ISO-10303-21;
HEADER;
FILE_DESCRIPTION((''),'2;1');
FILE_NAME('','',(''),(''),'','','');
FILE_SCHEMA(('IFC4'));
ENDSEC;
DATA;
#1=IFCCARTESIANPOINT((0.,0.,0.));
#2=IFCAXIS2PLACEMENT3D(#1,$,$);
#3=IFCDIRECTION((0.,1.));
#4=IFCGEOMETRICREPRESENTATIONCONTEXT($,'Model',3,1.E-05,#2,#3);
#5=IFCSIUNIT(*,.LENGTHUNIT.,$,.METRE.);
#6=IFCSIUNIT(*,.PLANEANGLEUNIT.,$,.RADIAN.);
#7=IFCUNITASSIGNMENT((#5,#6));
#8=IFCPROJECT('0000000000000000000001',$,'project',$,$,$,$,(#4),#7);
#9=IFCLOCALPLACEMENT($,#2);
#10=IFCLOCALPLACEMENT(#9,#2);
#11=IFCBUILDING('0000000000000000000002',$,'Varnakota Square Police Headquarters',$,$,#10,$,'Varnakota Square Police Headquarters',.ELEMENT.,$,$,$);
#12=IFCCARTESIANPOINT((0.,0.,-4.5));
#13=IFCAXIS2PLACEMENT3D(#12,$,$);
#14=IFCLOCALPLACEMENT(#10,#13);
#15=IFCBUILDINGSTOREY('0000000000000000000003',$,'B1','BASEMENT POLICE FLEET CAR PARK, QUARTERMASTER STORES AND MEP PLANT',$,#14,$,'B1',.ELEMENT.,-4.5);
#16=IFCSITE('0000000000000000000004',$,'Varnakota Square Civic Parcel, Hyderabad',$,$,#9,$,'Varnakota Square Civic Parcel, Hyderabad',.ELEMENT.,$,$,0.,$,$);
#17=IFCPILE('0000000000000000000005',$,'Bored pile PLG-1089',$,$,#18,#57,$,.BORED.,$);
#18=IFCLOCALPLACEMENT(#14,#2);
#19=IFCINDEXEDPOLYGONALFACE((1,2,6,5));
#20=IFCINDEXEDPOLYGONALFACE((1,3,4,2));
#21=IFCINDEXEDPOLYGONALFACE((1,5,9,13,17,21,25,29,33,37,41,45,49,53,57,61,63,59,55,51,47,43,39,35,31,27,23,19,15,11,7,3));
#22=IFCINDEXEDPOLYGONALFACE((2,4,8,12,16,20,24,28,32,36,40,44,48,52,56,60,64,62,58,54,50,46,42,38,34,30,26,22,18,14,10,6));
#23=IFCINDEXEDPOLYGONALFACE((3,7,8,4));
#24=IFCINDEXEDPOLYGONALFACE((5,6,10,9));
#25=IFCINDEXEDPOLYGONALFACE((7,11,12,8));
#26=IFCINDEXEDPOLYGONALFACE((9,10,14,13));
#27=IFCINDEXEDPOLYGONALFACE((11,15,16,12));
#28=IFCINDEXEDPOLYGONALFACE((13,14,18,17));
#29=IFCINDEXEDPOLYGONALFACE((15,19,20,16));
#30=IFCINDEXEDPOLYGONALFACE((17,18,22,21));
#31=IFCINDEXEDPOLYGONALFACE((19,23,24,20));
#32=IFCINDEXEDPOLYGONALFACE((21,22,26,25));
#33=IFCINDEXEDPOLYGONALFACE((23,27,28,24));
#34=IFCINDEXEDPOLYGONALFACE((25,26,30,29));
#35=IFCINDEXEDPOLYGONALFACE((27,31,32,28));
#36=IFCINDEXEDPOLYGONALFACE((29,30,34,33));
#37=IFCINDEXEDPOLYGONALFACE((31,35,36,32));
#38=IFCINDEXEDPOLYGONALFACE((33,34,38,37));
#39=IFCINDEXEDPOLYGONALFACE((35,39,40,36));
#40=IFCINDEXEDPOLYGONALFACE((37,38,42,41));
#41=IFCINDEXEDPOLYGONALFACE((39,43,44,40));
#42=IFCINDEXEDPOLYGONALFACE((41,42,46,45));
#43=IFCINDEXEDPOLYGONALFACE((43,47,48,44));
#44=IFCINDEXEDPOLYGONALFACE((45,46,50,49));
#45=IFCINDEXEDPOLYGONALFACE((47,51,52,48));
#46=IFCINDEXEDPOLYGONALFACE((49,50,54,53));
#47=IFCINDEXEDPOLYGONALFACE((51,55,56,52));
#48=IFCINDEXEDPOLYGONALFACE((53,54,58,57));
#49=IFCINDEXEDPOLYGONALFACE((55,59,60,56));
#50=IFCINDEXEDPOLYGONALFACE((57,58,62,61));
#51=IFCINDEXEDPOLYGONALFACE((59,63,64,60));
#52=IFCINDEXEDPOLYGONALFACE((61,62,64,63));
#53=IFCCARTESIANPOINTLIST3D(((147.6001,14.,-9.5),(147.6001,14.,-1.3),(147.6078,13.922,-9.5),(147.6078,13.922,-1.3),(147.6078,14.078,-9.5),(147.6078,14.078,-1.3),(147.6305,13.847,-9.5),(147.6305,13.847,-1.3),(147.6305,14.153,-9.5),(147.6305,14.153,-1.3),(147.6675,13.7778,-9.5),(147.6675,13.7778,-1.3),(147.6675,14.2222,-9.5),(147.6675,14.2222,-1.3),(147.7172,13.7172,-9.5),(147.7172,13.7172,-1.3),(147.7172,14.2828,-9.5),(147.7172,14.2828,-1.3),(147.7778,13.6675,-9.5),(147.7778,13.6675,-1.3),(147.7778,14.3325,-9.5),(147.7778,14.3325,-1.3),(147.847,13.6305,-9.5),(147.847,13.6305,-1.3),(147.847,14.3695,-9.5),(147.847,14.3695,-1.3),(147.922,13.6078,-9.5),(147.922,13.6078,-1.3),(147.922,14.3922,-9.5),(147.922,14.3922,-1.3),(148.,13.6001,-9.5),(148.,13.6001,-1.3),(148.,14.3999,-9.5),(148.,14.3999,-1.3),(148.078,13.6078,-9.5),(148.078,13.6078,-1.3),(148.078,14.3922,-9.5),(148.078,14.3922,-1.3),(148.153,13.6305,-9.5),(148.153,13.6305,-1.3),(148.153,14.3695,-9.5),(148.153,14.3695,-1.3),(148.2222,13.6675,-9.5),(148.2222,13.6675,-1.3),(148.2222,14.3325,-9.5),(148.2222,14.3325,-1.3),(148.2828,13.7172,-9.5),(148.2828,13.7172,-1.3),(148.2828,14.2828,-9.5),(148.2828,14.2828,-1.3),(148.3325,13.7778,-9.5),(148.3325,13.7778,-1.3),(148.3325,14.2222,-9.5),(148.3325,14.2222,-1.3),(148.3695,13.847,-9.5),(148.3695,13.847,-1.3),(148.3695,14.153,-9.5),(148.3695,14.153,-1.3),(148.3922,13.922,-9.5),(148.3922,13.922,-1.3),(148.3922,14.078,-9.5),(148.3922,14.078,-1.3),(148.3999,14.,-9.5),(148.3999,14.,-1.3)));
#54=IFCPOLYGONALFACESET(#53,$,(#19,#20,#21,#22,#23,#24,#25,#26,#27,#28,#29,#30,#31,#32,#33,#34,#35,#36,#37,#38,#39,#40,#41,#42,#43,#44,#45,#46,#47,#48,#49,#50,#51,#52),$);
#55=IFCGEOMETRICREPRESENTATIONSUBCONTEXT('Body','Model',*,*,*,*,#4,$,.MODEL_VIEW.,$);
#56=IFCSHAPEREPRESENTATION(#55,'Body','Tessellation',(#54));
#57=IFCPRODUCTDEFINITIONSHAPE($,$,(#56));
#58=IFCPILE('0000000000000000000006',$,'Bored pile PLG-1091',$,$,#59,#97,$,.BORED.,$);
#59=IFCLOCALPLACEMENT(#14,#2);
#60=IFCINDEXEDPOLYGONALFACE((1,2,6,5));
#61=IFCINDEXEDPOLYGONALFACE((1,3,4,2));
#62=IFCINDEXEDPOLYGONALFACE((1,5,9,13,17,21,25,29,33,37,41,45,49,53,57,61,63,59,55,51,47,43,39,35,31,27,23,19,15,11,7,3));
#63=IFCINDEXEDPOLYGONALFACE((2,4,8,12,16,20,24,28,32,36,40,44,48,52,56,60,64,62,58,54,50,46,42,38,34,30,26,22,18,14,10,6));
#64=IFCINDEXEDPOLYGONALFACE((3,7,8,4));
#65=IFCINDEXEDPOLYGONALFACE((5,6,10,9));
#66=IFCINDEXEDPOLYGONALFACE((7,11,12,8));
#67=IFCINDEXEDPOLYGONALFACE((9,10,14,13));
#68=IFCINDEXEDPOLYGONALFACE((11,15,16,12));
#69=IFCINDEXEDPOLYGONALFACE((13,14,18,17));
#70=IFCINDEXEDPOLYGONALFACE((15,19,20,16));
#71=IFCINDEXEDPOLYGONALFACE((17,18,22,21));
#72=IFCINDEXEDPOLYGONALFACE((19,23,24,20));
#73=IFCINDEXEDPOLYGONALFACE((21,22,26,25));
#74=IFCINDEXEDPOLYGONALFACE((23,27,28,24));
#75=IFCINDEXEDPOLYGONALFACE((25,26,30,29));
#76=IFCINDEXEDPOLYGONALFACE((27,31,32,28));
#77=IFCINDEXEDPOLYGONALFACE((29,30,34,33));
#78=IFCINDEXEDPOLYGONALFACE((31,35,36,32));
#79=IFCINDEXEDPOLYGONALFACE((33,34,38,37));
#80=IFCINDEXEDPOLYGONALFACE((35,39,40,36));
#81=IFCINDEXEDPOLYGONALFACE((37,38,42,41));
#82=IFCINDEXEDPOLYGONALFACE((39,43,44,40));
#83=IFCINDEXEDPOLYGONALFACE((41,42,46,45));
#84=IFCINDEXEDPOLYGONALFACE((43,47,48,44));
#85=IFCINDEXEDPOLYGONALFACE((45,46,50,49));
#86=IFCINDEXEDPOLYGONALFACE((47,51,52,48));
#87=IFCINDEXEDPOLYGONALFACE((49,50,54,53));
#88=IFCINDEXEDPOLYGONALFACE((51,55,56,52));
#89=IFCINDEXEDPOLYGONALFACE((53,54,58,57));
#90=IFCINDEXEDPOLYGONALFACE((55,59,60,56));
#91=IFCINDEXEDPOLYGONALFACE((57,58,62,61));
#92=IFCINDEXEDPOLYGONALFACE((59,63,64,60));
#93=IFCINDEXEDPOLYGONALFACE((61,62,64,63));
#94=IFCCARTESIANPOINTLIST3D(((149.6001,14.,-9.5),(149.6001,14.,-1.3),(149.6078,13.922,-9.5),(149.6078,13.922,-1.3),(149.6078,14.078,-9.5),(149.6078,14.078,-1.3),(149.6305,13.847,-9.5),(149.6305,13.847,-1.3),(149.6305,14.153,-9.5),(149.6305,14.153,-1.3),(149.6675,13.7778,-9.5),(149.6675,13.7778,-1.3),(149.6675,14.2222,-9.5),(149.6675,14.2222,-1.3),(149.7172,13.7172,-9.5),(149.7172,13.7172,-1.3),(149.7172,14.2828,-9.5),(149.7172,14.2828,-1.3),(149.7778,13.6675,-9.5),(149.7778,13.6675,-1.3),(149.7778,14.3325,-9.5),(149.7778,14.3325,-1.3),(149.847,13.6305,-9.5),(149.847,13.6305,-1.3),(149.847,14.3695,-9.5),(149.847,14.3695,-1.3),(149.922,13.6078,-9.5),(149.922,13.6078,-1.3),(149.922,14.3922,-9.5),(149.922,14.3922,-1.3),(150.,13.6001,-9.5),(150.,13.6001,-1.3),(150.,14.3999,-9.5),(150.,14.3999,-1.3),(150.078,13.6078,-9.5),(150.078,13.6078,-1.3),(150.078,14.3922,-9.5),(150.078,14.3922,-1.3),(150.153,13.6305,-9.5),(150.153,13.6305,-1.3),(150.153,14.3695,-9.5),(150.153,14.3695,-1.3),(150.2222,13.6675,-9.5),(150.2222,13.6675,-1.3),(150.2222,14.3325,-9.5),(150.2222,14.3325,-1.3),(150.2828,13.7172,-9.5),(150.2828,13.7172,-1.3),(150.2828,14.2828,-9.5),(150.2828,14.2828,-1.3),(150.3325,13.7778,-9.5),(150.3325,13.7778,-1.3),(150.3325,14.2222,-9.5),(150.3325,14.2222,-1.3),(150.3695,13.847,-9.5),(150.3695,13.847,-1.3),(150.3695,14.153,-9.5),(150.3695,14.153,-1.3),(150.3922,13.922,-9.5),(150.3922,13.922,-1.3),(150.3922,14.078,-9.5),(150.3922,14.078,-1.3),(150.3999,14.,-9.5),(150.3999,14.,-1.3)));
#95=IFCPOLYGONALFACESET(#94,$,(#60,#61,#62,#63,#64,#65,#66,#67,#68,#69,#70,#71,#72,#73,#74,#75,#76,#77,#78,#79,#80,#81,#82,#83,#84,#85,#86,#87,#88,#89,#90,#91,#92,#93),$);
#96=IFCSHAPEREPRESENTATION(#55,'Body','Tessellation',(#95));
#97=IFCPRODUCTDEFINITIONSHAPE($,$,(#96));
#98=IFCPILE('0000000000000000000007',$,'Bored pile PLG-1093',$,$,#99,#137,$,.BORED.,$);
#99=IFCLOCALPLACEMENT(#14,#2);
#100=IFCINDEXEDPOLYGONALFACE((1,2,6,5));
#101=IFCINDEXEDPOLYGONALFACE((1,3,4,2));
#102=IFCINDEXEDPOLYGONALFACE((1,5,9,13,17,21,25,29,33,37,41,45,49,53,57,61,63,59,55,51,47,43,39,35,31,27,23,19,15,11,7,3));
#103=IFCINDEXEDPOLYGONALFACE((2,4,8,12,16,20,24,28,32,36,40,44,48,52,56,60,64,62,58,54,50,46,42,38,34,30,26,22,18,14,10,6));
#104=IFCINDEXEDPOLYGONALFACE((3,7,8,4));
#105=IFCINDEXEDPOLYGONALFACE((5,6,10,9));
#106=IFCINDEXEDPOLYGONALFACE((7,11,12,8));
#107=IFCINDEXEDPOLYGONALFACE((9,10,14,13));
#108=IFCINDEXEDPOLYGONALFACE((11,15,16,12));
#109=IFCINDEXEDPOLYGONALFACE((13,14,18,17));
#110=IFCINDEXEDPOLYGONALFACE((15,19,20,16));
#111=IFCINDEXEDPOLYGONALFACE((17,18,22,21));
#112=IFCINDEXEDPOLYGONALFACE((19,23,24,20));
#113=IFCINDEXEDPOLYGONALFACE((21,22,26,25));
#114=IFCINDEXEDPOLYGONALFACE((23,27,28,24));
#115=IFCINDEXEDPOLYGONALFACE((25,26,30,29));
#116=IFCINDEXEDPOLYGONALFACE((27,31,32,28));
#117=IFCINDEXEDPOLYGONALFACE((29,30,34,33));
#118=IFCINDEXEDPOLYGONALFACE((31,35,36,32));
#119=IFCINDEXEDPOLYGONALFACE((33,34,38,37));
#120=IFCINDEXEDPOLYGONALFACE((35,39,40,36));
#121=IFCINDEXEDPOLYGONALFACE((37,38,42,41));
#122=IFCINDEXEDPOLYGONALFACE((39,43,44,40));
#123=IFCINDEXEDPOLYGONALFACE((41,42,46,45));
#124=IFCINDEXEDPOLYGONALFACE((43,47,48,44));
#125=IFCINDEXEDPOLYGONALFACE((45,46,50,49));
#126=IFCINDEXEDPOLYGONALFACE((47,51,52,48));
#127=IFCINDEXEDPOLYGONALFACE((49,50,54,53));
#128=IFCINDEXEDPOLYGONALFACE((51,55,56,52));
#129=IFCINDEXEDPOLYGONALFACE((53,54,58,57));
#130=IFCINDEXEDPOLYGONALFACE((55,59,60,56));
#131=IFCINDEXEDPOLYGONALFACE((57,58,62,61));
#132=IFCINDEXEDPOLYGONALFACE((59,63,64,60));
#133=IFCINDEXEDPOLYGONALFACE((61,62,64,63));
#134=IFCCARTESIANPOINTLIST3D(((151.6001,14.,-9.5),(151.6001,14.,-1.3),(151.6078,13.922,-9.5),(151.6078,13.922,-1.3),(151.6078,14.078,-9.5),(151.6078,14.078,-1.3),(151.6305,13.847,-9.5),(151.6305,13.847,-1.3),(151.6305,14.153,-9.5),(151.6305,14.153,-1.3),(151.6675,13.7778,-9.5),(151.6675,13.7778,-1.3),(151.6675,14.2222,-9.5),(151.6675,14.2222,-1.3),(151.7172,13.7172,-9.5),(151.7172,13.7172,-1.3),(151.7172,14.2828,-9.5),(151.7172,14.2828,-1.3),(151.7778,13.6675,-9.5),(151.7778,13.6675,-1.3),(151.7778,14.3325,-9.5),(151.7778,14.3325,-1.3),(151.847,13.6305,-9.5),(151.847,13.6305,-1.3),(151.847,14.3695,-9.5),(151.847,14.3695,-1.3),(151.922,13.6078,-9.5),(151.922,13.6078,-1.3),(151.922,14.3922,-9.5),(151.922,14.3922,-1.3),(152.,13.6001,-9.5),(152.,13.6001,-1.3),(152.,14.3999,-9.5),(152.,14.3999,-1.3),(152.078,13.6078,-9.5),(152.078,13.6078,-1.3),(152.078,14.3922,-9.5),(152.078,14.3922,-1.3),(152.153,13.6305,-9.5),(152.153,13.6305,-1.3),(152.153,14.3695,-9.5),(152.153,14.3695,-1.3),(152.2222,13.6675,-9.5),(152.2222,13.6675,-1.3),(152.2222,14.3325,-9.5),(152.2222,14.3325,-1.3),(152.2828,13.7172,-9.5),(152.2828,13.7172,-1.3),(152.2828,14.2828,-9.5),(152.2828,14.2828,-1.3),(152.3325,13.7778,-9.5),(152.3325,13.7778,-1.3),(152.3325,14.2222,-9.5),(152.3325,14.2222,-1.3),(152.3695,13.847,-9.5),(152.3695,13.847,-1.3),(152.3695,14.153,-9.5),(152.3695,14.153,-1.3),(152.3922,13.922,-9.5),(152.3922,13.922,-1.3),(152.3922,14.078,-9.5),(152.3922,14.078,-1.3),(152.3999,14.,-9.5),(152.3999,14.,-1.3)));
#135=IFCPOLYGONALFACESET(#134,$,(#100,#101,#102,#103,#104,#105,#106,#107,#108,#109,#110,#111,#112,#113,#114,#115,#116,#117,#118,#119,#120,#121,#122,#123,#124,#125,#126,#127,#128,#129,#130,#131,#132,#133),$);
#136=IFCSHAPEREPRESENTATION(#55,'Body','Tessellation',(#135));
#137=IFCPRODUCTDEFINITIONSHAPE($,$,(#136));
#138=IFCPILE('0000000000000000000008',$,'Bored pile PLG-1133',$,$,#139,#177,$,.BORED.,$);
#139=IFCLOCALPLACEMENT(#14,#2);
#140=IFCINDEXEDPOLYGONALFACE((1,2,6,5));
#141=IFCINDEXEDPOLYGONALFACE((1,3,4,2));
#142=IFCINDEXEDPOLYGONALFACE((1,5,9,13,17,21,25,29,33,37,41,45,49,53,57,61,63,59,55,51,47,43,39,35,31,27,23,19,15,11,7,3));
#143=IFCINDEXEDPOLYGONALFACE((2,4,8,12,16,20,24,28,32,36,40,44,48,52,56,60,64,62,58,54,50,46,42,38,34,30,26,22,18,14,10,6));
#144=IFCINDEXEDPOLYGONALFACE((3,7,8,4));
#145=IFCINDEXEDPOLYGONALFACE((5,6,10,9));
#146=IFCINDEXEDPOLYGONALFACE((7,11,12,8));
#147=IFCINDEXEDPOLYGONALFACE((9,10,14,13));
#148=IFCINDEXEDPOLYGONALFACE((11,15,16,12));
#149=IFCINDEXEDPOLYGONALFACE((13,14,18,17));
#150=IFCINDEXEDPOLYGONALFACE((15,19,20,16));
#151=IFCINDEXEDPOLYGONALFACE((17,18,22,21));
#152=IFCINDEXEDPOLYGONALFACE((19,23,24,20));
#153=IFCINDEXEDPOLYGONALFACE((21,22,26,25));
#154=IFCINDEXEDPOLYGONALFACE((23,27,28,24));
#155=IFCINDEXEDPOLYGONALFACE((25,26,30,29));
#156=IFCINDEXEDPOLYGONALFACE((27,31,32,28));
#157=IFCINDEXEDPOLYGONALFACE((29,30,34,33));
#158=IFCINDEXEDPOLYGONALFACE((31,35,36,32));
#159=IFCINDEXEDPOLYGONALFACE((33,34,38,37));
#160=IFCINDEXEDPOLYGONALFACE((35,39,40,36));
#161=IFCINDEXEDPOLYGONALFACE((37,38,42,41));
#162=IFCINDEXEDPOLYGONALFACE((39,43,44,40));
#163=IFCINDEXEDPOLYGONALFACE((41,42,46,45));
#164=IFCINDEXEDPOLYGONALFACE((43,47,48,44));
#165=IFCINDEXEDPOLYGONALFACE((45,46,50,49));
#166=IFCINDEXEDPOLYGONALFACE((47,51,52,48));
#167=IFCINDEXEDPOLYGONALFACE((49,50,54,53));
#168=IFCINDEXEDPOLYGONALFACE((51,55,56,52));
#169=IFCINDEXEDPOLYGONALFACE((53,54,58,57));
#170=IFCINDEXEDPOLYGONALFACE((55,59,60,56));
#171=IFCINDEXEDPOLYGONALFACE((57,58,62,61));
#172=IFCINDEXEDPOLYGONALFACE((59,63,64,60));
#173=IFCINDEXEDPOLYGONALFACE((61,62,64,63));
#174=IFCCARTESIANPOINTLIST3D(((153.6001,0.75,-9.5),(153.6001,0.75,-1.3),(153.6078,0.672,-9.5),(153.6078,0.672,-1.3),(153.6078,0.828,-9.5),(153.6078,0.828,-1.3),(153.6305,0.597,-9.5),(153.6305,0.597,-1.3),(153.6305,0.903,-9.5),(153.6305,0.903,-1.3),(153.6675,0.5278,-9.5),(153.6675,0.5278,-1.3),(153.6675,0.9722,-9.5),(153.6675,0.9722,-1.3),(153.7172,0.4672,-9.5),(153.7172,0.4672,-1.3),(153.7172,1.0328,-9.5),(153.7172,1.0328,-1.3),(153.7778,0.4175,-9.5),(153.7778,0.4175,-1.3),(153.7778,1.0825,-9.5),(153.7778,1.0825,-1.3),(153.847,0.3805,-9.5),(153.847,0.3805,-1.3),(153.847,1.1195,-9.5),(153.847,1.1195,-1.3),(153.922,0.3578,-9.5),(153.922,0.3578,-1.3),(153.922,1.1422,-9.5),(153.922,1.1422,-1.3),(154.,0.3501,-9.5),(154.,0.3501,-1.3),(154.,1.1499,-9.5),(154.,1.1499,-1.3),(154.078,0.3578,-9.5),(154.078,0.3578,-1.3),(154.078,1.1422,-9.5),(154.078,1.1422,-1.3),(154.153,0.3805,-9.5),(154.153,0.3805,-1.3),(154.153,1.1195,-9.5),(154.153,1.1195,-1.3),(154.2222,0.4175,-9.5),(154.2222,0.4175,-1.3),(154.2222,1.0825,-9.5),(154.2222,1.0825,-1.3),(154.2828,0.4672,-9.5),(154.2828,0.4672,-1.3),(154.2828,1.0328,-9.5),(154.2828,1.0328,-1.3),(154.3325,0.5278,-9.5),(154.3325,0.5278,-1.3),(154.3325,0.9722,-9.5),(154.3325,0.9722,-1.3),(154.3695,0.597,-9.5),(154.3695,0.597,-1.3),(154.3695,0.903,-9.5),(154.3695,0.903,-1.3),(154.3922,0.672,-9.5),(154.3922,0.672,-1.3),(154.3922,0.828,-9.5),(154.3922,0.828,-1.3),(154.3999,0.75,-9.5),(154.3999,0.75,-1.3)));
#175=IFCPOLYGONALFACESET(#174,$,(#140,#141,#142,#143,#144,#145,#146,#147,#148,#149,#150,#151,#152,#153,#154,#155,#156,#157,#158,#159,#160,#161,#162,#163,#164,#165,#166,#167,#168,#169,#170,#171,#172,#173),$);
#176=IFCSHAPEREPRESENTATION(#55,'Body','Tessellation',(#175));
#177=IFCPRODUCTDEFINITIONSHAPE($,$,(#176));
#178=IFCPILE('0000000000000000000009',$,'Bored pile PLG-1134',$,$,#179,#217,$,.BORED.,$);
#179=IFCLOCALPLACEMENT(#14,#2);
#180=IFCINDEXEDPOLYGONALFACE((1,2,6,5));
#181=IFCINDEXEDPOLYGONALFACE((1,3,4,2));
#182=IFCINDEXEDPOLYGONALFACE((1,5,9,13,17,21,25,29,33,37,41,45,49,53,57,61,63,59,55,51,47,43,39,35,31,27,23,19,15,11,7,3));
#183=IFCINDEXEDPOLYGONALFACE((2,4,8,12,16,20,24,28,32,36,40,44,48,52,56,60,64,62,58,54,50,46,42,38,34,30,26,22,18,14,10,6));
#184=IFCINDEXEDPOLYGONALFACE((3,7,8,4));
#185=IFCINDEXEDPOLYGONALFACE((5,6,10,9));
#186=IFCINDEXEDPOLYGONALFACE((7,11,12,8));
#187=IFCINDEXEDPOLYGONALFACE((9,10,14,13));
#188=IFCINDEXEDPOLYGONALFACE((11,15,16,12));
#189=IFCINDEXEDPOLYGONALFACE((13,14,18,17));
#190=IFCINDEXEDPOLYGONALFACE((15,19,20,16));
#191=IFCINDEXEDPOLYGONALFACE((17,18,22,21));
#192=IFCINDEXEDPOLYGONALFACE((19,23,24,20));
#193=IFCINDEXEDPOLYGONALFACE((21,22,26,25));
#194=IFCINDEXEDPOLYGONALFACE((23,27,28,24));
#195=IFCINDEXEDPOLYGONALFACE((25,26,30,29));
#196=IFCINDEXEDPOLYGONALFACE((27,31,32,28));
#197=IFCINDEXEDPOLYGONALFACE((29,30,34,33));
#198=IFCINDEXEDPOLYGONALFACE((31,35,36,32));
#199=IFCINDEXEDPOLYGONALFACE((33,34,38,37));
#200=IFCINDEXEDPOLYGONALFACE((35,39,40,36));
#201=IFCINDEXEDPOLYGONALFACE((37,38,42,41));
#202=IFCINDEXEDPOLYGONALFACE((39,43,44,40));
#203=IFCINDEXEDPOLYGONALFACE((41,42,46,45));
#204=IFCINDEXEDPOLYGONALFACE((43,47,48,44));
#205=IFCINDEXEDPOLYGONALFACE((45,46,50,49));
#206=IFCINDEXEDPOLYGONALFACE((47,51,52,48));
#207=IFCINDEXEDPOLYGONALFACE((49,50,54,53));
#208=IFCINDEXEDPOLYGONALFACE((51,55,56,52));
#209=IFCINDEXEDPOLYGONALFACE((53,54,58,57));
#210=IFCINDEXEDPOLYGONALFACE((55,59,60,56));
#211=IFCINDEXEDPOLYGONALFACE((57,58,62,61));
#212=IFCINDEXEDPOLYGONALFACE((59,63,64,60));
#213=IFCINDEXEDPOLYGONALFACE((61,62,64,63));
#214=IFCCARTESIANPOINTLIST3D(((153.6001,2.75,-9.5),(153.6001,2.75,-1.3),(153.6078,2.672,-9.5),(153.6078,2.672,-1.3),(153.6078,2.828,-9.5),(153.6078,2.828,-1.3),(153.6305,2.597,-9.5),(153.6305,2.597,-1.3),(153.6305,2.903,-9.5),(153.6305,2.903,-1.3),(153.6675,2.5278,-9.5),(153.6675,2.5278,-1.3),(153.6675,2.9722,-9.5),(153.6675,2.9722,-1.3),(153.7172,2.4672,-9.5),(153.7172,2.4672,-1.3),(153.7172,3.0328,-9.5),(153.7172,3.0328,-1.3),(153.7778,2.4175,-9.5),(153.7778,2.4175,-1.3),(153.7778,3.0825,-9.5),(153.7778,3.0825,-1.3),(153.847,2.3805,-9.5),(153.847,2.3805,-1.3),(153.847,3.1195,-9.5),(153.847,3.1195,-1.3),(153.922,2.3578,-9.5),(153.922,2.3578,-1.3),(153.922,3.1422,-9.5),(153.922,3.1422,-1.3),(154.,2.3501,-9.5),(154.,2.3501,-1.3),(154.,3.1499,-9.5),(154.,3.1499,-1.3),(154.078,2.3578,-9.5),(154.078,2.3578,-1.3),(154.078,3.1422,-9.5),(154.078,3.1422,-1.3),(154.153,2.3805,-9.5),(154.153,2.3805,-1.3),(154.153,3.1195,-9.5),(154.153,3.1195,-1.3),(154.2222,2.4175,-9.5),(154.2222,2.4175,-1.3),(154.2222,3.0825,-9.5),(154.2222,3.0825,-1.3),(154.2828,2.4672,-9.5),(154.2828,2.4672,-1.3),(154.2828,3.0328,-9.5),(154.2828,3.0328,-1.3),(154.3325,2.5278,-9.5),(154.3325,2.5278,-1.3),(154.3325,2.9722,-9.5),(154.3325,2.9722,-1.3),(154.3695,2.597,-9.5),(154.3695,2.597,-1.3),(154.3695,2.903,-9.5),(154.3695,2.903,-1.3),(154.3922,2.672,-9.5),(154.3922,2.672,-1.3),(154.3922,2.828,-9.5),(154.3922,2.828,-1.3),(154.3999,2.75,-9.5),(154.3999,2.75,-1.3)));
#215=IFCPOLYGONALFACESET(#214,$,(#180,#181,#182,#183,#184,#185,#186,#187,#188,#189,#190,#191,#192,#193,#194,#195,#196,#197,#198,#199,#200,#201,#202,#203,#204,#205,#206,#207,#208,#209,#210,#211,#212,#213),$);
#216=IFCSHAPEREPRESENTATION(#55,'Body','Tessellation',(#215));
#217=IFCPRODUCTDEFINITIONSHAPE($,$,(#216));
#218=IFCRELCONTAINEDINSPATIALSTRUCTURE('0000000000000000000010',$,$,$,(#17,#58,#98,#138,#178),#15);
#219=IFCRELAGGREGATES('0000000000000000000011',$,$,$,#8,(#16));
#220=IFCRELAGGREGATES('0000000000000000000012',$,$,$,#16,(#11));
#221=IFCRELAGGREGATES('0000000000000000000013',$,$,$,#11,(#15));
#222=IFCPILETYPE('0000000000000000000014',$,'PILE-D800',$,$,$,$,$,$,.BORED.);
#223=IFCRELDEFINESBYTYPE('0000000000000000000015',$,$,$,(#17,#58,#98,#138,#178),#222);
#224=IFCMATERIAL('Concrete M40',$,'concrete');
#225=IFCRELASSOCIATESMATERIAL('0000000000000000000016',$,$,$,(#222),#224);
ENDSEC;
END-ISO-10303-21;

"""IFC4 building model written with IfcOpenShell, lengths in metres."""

from ifc_helpers import new_model, si_unit, direction, frame, origin, origin_2d, place, context, subcontext, project, spatial, circle, extrude, material, material_profile, profile_set, type_object, element, save


model = new_model("IFC4")

# Units and contexts
model_context = context("Model", 3, precision=1e-05, world=origin(), true_north=direction((0.0, 1.0)))
body_context = subcontext(model_context, "Body", "Model", "MODEL_VIEW")
ifc_project = project(units=[si_unit("LENGTHUNIT", "METRE"), si_unit("PLANEANGLEUNIT", "RADIAN")], contexts=[model_context])

# Site, building, storey
site_placement = place(None, origin())
site = spatial("IfcSite", under=ifc_project, at=site_placement, Name="Varnakota Square Civic Parcel, Hyderabad", LongName="Varnakota Square Civic Parcel, Hyderabad", CompositionType="ELEMENT", RefElevation=0.0)
building_placement = place(site_placement, origin())
building = spatial("IfcBuilding", under=site, at=building_placement, Name="Varnakota Square Police Headquarters", LongName="Varnakota Square Police Headquarters", CompositionType="ELEMENT")
storey_placement = place(building_placement, frame((0.0, 0.0, -4.5)))
storey = spatial("IfcBuildingStorey", under=building, at=storey_placement, Name="B1", Description="BASEMENT POLICE FLEET CAR PARK, QUARTERMASTER STORES AND MEP PLANT", LongName="B1", CompositionType="ELEMENT", Elevation=-4.5)

# Shared definitions
ifc_material_1 = material(Name="Concrete M40", Category="concrete")

# Piles
ifc_material_profile_1 = material_profile(ifc_material_1, circle(Radius=0.3999, at=origin_2d()), Name="BORED PILE 800")
ifc_profile_set_1 = profile_set([ifc_material_profile_1], Name="Concrete M40")
pile_type = type_object("IfcPileType", Name="PILE-D800", PredefinedType="BORED", material=ifc_profile_set_1)
for number, where, z_axis, x_axis, name in (
    (1, (148.0, 14.0, -1.3), (0.0, 0.0, -1.0), (1.0, 0.0, 0.0), "Bored pile PLG-1089"),
    (2, (150.0, 14.0, -1.3), (0.0, 0.0, -1.0), (1.0, 0.0, 0.0), "Bored pile PLG-1091"),
    (3, (152.0, 14.0, -1.3), (0.0, 0.0, -1.0), (1.0, 0.0, 0.0), "Bored pile PLG-1093"),
    (4, (154.0, 0.75, -1.3), (0.0, 0.0, -1.0), (1.0, 0.0, 0.0), "Bored pile PLG-1133"),
    (5, (154.0, 2.75, -1.3), (0.0, 0.0, -1.0), (1.0, 0.0, 0.0), "Bored pile PLG-1134"),
):
    element("IfcPile", number, at=place(storey_placement, frame(where, z_axis=z_axis, x_axis=x_axis)), inside=storey, type_object=pile_type, Name=name, PredefinedType="BORED", context=body_context, shape_type="SweptSolid", body=[
        extrude(circle(Radius=0.3999, at=origin_2d()), origin(), (0.0, 0.0, 1.0), 8.2),
    ])

save(model, "model.ifc")
